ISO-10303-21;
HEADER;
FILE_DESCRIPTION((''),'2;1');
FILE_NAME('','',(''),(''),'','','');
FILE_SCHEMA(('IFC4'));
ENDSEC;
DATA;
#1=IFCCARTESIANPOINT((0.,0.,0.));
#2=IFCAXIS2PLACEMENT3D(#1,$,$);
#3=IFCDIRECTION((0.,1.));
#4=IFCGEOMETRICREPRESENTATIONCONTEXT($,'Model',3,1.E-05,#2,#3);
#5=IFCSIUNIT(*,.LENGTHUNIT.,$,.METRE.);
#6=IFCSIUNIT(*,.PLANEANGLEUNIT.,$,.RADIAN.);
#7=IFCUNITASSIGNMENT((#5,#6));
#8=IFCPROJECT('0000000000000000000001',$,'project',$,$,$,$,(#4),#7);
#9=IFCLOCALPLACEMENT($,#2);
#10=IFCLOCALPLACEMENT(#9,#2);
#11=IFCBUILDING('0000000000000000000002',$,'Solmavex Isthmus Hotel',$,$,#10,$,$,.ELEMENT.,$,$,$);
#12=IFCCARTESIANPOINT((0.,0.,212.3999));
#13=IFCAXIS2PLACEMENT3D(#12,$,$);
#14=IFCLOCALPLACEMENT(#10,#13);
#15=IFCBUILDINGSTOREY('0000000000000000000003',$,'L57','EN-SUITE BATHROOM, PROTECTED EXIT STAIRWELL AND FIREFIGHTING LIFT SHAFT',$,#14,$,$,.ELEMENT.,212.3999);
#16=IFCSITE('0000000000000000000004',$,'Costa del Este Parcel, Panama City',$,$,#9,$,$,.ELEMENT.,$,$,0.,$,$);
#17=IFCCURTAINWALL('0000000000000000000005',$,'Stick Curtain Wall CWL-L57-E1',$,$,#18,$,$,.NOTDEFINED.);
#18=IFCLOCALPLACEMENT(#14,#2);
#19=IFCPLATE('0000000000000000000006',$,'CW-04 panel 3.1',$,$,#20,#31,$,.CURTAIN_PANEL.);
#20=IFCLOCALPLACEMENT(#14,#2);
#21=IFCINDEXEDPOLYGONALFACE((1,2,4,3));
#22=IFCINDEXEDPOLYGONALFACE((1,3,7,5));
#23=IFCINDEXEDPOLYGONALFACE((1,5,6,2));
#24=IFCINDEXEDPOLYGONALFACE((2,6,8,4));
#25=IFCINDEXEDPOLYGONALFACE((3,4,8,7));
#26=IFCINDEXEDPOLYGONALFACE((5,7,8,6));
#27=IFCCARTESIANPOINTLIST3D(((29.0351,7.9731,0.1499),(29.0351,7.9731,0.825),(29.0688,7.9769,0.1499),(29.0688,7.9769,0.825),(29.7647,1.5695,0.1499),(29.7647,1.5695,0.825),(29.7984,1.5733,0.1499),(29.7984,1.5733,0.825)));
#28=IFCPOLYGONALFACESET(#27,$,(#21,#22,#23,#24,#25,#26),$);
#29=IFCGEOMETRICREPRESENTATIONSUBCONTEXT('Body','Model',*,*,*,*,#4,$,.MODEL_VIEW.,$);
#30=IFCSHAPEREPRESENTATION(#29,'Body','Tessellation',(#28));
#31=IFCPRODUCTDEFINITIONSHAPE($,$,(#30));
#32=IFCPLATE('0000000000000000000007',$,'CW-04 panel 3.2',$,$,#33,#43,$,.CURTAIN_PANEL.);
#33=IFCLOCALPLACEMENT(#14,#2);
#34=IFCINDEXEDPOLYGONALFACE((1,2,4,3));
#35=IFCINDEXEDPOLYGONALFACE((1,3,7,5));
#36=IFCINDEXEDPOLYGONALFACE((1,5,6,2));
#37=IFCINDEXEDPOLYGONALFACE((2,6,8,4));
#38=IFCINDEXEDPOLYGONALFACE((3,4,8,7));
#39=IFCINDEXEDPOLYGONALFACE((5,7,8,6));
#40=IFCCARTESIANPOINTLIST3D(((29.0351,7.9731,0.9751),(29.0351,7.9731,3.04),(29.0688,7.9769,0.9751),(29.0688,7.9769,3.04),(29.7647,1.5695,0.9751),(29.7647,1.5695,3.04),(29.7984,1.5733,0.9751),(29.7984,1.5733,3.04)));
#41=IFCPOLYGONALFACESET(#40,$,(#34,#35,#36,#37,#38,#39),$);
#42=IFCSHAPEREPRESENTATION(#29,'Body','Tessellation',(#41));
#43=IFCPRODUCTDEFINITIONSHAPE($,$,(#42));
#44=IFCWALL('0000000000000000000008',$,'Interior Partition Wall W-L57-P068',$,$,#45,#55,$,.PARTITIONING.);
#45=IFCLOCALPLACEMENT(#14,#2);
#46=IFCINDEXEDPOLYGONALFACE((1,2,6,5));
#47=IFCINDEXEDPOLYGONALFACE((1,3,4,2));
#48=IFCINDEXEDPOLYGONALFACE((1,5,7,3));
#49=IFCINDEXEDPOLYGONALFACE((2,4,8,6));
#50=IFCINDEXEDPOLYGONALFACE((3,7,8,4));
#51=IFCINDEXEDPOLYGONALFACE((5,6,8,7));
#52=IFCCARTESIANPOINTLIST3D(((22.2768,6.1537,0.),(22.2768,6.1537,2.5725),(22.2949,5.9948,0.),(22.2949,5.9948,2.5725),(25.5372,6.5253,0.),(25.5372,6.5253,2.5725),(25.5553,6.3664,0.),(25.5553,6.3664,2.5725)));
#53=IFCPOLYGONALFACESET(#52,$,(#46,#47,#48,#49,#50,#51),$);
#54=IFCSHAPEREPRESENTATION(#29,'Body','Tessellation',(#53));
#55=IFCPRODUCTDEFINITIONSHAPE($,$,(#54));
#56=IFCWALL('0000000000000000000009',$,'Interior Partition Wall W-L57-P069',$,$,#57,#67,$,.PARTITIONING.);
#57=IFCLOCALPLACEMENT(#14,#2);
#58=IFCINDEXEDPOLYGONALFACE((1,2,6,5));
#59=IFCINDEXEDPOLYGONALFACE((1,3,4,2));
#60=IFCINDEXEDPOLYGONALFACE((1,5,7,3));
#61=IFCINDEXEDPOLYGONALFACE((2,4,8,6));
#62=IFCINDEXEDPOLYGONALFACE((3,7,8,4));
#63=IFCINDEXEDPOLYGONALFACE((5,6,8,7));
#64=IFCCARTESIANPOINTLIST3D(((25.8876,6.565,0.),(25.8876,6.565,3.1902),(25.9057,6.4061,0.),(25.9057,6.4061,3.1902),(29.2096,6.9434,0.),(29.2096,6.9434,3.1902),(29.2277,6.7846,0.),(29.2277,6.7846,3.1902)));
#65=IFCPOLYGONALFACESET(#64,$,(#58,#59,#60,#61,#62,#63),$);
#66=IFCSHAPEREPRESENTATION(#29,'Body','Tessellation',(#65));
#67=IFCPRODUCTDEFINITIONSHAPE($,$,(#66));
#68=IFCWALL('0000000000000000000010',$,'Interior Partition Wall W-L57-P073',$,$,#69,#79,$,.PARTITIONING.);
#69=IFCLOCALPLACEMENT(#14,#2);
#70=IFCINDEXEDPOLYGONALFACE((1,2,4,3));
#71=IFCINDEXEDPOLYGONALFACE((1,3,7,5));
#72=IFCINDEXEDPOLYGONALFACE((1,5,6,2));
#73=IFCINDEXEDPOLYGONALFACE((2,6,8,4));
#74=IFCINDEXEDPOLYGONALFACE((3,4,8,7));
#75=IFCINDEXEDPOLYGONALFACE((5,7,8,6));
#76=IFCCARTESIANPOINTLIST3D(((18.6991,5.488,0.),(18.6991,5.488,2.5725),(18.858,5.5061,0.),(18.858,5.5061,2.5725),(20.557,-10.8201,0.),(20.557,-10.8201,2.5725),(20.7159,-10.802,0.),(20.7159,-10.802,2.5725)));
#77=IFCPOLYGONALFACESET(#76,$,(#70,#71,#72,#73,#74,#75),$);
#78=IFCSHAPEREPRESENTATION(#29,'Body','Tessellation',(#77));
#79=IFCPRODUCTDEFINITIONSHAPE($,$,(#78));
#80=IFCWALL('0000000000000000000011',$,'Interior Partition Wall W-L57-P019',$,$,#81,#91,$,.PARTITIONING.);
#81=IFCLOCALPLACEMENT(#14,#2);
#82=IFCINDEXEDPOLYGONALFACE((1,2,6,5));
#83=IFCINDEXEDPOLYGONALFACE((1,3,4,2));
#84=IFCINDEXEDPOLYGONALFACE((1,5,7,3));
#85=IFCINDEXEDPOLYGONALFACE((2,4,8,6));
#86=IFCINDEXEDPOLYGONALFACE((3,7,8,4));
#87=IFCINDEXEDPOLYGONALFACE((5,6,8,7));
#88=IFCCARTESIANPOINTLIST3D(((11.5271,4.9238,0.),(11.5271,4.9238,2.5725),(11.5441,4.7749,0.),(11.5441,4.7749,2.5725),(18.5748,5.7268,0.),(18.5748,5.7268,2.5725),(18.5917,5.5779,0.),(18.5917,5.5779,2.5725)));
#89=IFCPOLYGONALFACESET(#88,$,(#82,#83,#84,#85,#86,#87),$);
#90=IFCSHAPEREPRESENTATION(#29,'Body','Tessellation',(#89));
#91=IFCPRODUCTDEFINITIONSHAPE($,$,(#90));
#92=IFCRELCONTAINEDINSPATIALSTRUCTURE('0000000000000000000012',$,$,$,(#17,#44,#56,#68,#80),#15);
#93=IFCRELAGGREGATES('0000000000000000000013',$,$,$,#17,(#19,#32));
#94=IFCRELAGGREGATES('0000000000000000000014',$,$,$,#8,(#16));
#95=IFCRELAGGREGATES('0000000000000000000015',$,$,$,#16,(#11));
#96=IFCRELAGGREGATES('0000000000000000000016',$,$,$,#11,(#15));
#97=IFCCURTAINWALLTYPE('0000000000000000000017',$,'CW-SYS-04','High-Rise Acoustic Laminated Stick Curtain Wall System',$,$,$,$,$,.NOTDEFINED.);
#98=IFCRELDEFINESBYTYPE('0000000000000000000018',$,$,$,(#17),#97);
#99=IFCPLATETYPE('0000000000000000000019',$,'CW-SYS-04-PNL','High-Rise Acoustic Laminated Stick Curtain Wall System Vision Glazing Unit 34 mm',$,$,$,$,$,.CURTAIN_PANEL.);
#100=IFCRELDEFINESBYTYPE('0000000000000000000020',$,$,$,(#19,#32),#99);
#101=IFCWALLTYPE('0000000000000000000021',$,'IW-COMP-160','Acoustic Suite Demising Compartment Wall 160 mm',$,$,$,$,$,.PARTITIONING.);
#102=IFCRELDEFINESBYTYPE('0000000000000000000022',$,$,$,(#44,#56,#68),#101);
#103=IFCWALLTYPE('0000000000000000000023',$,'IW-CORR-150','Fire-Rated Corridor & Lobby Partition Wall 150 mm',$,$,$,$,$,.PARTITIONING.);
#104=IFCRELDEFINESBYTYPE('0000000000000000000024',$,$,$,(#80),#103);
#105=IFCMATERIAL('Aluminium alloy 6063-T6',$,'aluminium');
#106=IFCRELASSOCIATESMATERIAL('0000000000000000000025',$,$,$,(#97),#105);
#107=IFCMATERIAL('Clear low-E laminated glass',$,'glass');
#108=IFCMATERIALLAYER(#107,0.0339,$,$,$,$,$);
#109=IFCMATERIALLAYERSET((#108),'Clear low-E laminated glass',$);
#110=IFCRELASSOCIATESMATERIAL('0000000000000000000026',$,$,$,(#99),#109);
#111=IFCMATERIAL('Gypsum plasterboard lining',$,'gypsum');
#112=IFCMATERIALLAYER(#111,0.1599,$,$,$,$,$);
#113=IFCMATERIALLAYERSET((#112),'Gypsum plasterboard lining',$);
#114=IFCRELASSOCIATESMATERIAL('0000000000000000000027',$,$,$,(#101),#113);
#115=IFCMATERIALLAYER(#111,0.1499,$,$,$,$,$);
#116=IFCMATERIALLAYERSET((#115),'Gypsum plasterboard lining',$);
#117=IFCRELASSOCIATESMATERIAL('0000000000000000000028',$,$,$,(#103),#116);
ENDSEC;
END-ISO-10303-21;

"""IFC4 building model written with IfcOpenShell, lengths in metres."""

from ifc_helpers import new_model, si_unit, direction, frame, frame_2d, origin, origin_2d, place, context, subcontext, project, spatial, rectangle, extrude, material, layer, layer_set, type_object, element, aggregate, save


model = new_model("IFC4")

# Units and contexts
model_context = context("Model", 3, precision=1e-05, world=origin(), true_north=direction((0.0, 1.0)))
body_context = subcontext(model_context, "Body", "Model", "MODEL_VIEW")
ifc_project = project(units=[si_unit("LENGTHUNIT", "METRE"), si_unit("PLANEANGLEUNIT", "RADIAN")], contexts=[model_context])

# Site, building, storey
site_placement = place(None, origin())
site = spatial("IfcSite", under=ifc_project, at=site_placement, Name="Costa del Este Parcel, Panama City", CompositionType="ELEMENT", RefElevation=0.0)
building_placement = place(site_placement, origin())
building = spatial("IfcBuilding", under=site, at=building_placement, Name="Solmavex Isthmus Hotel", CompositionType="ELEMENT")
storey_placement = place(building_placement, frame((0.0, 0.0, 212.3999)))
storey = spatial("IfcBuildingStorey", under=building, at=storey_placement, Name="L57", Description="EN-SUITE BATHROOM, PROTECTED EXIT STAIRWELL AND FIREFIGHTING LIFT SHAFT", CompositionType="ELEMENT", Elevation=212.3999)

# Curtain wall, plates
ifc_material_1 = material(Name="Aluminium alloy 6063-T6", Category="aluminium")
curtain_wall_type = type_object("IfcCurtainWallType", Name="CW-SYS-04", Description="High-Rise Acoustic Laminated Stick Curtain Wall System", PredefinedType="NOTDEFINED", material=ifc_material_1)
curtain_wall_placement = place(storey_placement, origin())
curtain_wall = element("IfcCurtainWall", 1, at=curtain_wall_placement, inside=storey, type_object=curtain_wall_type, Name="Stick Curtain Wall CWL-L57-E1", PredefinedType="NOTDEFINED")
ifc_material_2 = material(Name="Clear low-E laminated glass", Category="glass")
ifc_layer_1 = layer(ifc_material_2, 0.0339)
ifc_layer_set_1 = layer_set([ifc_layer_1], Name="Clear low-E laminated glass")
plate_type = type_object("IfcPlateType", Name="CW-SYS-04-PNL", Description="High-Rise Acoustic Laminated Stick Curtain Wall System Vision Glazing Unit 34 mm", PredefinedType="CURTAIN_PANEL", material=ifc_layer_set_1)
plate_1_placement = place(storey_placement, frame((29.4167, 4.7732, 0.1499), z_axis=(0.0, 0.0, 1.0), x_axis=(-0.113203, 0.993572, 0.0)))
plate_1 = element("IfcPlate", 2, at=plate_1_placement, type_object=plate_type, Name="CW-04 panel 3.1", PredefinedType="CURTAIN_PANEL", context=body_context, shape_type="SweptSolid", body=[
    extrude(rectangle(XDim=6.4451, YDim=0.0339, at=origin_2d()), origin(), (0.0, 0.0, 1.0), 0.675),
])
plate_2_placement = place(storey_placement, frame((29.4167, 4.7732, 0.9751), z_axis=(0.0, 0.0, 1.0), x_axis=(-0.113203, 0.993572, 0.0)))
plate_2 = element("IfcPlate", 3, at=plate_2_placement, type_object=plate_type, Name="CW-04 panel 3.2", PredefinedType="CURTAIN_PANEL", context=body_context, shape_type="SweptSolid", body=[
    extrude(rectangle(XDim=6.4451, YDim=0.0339, at=origin_2d()), origin(), (0.0, 0.0, 1.0), 2.0649),
])
aggregate(curtain_wall, [plate_1, plate_2])

# Walls
ifc_material_3 = material(Name="Gypsum plasterboard lining", Category="gypsum")
ifc_layer_2 = layer(ifc_material_3, 0.1599)
ifc_layer_set_2 = layer_set([ifc_layer_2], Name="Gypsum plasterboard lining")
wall_type_1 = type_object("IfcWallType", Name="IW-COMP-160", Description="Acoustic Suite Demising Compartment Wall 160 mm", PredefinedType="PARTITIONING", material=ifc_layer_set_2)
wall_1_placement = place(storey_placement, frame((25.5461, 6.4458, 0.0), z_axis=(0.0, 0.0, 1.0), x_axis=(-0.993569, -0.113232, 0.0)))
element("IfcWall", 4, at=wall_1_placement, inside=storey, type_object=wall_type_1, Name="Interior Partition Wall W-L57-P068", PredefinedType="PARTITIONING", context=body_context, shape_type="SweptSolid", body=[
    extrude(rectangle(XDim=3.2815, YDim=0.1599, at=frame_2d((1.6406, 0.0))), origin(), (0.0, 0.0, 1.0), 2.5725),
])
wall_2_placement = place(storey_placement, frame((29.2188, 6.864, 0.0), z_axis=(0.0, 0.0, 1.0), x_axis=(-0.993574, -0.11318, 0.0)))
element("IfcWall", 5, at=wall_2_placement, inside=storey, type_object=wall_type_1, Name="Interior Partition Wall W-L57-P069", PredefinedType="PARTITIONING", context=body_context, shape_type="SweptSolid", body=[
    extrude(rectangle(XDim=3.3435, YDim=0.1599, at=frame_2d((1.6719, 0.0))), origin(), (0.0, 0.0, 1.0), 3.1902),
])
wall_3_placement = place(storey_placement, frame((18.7786, 5.4971, 0.0), z_axis=(0.0, 0.0, 1.0), x_axis=(0.113193, -0.993573, 0.0)))
element("IfcWall", 6, at=wall_3_placement, inside=storey, type_object=wall_type_1, Name="Interior Partition Wall W-L57-P073", PredefinedType="PARTITIONING", context=body_context, shape_type="SweptSolid", body=[
    extrude(rectangle(XDim=16.4136, YDim=0.1599, at=frame_2d((8.2068, 0.0))), origin(), (0.0, 0.0, 1.0), 2.5725),
])
ifc_layer_3 = layer(ifc_material_3, 0.1499)
ifc_layer_set_3 = layer_set([ifc_layer_3], Name="Gypsum plasterboard lining")
wall_type_2 = type_object("IfcWallType", Name="IW-CORR-150", Description="Fire-Rated Corridor & Lobby Partition Wall 150 mm", PredefinedType="PARTITIONING", material=ifc_layer_set_3)
wall_4_placement = place(storey_placement, frame((18.5833, 5.6523, 0.0), z_axis=(0.0, 0.0, 1.0), x_axis=(-0.993572, -0.113204, 0.0)))
element("IfcWall", 7, at=wall_4_placement, inside=storey, type_object=wall_type_2, Name="Interior Partition Wall W-L57-P019", PredefinedType="PARTITIONING", context=body_context, shape_type="SweptSolid", body=[
    extrude(rectangle(XDim=7.0933, YDim=0.1499, at=frame_2d((3.5466, 0.0))), origin(), (0.0, 0.0, 1.0), 2.5725),
])

save(model, "model.ifc")
